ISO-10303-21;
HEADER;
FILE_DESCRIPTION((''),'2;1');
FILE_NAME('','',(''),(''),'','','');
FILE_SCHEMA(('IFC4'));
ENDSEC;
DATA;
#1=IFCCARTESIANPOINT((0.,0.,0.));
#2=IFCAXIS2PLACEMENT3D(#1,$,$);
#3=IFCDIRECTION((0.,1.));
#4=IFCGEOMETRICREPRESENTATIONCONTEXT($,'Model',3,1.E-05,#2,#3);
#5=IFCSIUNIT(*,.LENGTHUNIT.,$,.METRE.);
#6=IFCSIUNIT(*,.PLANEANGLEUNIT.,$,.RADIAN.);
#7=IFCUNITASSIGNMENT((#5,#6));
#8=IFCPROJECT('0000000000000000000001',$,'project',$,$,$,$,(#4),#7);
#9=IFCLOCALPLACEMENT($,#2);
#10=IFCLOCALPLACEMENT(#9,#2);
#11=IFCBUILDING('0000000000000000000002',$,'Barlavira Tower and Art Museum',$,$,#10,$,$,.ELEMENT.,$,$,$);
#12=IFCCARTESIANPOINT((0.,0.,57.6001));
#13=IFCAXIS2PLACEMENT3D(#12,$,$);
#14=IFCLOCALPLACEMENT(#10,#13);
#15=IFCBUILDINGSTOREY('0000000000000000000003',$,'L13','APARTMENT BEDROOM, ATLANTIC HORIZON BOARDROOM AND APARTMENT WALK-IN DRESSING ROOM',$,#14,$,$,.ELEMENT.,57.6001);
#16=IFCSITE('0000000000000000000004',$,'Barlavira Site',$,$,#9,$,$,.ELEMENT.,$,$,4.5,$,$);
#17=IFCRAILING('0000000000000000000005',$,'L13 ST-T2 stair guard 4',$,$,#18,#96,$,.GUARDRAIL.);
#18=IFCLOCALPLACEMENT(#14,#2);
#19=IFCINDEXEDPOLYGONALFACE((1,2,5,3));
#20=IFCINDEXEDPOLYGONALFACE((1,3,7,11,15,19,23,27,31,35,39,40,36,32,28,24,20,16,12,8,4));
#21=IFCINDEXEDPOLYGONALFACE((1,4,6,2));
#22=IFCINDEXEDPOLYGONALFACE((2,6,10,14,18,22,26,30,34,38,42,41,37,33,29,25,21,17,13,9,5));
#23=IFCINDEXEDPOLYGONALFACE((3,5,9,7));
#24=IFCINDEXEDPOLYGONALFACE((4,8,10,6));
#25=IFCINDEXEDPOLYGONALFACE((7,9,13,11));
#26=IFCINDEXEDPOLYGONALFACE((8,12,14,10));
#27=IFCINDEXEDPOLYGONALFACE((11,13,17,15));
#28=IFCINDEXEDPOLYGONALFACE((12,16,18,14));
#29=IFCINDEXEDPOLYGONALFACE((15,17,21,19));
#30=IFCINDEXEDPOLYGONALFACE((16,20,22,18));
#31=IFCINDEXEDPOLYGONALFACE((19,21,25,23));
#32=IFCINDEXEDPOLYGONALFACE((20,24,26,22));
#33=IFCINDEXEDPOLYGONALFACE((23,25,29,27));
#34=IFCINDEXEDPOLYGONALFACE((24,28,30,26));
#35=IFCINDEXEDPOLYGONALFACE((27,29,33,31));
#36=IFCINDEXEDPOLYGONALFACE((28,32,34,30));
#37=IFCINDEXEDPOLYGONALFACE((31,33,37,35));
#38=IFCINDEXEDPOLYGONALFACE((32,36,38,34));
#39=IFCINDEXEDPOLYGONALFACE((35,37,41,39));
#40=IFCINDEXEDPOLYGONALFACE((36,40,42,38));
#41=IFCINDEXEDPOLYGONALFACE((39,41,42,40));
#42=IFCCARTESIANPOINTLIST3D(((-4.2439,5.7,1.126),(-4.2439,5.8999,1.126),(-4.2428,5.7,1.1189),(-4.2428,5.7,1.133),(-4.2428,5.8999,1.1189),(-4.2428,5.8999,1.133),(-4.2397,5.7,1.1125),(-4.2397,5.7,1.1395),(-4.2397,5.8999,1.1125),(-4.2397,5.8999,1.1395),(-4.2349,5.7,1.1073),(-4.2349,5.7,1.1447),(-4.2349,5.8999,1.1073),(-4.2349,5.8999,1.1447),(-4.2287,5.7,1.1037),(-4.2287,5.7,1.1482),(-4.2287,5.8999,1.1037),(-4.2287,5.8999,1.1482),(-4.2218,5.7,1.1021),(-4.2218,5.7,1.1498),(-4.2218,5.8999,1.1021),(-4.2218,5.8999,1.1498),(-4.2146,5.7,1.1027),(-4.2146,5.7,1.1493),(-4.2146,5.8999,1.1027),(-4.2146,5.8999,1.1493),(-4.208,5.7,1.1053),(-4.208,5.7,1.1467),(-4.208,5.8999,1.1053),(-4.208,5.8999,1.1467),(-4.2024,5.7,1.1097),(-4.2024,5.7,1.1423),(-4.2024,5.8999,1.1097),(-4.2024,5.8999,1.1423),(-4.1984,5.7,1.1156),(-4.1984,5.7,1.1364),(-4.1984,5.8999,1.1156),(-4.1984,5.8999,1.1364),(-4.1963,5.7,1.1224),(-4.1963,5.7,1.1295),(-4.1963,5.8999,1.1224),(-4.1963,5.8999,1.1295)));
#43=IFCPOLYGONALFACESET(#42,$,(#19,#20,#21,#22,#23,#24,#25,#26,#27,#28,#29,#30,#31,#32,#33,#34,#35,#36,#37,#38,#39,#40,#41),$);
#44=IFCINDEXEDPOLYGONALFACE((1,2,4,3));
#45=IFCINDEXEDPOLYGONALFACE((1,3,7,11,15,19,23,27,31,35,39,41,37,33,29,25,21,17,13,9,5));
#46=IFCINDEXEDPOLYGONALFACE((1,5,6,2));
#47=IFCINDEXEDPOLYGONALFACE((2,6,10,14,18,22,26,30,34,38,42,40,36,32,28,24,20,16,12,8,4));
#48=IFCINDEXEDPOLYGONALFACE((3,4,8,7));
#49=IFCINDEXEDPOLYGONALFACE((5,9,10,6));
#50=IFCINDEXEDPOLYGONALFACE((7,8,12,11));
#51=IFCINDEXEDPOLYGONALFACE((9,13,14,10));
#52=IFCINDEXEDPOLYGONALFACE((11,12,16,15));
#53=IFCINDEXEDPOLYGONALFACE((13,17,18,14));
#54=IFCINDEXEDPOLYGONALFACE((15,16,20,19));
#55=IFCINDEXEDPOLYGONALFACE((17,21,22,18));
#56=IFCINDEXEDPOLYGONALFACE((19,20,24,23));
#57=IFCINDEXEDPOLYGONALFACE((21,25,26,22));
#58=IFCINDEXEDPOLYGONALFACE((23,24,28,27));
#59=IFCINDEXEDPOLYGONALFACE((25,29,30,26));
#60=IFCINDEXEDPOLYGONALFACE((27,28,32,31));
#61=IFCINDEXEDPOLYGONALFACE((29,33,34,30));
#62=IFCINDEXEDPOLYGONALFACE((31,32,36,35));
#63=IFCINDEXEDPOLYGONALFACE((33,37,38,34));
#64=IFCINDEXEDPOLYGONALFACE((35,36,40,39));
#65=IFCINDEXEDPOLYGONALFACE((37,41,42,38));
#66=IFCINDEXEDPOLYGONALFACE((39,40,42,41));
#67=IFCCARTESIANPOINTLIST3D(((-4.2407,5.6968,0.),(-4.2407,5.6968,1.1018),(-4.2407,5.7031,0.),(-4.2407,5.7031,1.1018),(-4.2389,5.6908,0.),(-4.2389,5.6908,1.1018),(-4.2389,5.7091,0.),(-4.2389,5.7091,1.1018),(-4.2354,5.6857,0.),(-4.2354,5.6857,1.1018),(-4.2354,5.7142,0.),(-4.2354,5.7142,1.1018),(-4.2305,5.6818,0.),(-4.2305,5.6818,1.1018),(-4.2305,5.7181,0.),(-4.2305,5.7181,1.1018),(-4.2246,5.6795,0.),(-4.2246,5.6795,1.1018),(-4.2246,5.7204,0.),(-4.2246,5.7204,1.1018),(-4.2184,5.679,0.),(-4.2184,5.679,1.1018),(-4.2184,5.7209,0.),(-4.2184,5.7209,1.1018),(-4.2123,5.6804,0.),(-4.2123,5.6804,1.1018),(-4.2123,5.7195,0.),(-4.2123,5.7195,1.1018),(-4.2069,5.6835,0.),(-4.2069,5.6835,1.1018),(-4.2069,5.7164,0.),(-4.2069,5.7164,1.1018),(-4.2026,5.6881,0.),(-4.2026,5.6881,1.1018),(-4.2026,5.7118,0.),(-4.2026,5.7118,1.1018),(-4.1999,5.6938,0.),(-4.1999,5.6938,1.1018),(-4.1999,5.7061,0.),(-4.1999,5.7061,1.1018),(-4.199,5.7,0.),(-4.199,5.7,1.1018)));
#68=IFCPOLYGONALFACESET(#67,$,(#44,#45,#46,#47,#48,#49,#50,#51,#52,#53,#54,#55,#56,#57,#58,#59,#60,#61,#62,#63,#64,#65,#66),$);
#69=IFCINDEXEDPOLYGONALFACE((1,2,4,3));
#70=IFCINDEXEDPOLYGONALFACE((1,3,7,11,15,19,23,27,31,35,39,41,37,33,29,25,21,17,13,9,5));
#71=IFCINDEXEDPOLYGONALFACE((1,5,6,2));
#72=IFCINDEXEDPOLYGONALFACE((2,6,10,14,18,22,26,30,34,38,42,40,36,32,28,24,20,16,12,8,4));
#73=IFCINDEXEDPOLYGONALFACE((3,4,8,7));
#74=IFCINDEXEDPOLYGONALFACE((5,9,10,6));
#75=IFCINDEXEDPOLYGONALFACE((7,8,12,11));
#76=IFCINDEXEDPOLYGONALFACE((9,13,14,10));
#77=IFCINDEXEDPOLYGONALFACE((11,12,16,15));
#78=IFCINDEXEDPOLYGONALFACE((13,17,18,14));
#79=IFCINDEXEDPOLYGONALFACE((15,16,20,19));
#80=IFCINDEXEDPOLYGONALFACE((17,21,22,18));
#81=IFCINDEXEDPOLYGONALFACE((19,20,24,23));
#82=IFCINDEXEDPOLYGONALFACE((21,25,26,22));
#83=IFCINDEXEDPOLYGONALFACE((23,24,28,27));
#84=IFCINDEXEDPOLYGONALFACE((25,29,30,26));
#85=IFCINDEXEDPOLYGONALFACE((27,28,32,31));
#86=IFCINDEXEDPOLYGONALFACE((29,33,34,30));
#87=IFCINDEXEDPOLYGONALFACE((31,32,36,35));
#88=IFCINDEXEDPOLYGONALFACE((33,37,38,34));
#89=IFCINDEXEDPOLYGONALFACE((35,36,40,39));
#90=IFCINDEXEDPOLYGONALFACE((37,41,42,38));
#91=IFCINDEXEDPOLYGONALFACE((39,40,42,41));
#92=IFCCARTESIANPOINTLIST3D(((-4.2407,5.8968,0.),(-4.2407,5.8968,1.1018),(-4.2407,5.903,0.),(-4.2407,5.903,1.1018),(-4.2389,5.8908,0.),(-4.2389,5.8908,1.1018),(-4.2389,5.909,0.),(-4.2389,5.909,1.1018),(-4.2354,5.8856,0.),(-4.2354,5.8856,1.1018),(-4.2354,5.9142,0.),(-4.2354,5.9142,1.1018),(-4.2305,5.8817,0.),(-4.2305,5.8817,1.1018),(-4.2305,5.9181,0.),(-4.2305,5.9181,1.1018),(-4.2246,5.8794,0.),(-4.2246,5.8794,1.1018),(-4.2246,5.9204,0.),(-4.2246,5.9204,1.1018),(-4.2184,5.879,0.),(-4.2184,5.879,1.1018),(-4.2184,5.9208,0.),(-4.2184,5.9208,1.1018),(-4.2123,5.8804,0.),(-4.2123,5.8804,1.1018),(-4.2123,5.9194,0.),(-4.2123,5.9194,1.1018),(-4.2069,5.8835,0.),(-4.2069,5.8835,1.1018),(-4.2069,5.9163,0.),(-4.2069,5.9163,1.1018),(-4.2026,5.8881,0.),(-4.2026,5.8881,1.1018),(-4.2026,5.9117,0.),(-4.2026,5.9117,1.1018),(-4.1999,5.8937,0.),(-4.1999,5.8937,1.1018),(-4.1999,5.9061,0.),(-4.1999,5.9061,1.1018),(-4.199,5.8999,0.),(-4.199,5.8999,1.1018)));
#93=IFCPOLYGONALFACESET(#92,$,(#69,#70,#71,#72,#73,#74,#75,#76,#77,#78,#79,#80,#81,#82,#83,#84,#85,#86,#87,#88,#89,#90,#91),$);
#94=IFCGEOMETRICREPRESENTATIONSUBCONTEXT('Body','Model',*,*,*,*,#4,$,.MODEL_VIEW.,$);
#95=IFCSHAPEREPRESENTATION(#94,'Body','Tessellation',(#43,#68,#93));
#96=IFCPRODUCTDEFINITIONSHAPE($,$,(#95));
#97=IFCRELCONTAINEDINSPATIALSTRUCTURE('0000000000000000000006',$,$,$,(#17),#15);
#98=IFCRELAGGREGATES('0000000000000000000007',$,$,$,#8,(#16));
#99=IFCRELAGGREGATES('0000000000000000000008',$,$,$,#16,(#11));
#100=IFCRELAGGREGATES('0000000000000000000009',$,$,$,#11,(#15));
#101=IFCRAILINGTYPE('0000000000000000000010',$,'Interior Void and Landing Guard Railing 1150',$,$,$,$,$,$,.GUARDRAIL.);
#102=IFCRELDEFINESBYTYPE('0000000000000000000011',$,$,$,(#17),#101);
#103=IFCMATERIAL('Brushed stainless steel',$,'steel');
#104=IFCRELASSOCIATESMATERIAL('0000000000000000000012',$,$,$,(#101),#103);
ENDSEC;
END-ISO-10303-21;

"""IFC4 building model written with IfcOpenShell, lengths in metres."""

from ifc_helpers import new_model, si_unit, direction, frame, origin, origin_2d, place, context, subcontext, project, spatial, circle, extrude, material, type_object, element, save


model = new_model("IFC4")

# Units and contexts
model_context = context("Model", 3, precision=1e-05, world=origin(), true_north=direction((0.0, 1.0)))
body_context = subcontext(model_context, "Body", "Model", "MODEL_VIEW")
ifc_project = project(units=[si_unit("LENGTHUNIT", "METRE"), si_unit("PLANEANGLEUNIT", "RADIAN")], contexts=[model_context])

# Site, building, storey
site_placement = place(None, origin())
site = spatial("IfcSite", under=ifc_project, at=site_placement, Name="Barlavira Site", CompositionType="ELEMENT", RefElevation=4.5)
building_placement = place(site_placement, origin())
building = spatial("IfcBuilding", under=site, at=building_placement, Name="Barlavira Tower and Art Museum", CompositionType="ELEMENT")
storey_placement = place(building_placement, frame((0.0, 0.0, 57.6001)))
storey = spatial("IfcBuildingStorey", under=building, at=storey_placement, Name="L13", Description="APARTMENT BEDROOM, ATLANTIC HORIZON BOARDROOM AND APARTMENT WALK-IN DRESSING ROOM", CompositionType="ELEMENT", Elevation=57.6001)

# Shared definitions
ifc_material_1 = material(Name="Brushed stainless steel", Category="steel")

# Railing
railing_type_1 = type_object("IfcRailingType", Name="Interior Void and Landing Guard Railing 1150", PredefinedType="GUARDRAIL", material=ifc_material_1)
railing_1_placement = place(storey_placement, frame((-4.22, 5.7, 0.0)))
element("IfcRailing", 1, at=railing_1_placement, inside=storey, type_object=railing_type_1, Name="L13 ST-T2 stair guard 4", PredefinedType="GUARDRAIL", context=body_context, shape_type="SweptSolid", body=[
    extrude(circle(Radius=0.0239, at=origin_2d()), frame((0.0, 0.0, 1.126), z_axis=(0.0, 1.0, 0.0), x_axis=(-1.0, 0.0, 0.0)), (0.0, 0.0, 1.0), 0.2),
    extrude(circle(Radius=0.021, at=origin_2d()), origin(), (0.0, 0.0, 1.0), 1.1018),
    extrude(circle(Radius=0.021, at=origin_2d()), frame((0.0, 0.2, 0.0)), (0.0, 0.0, 1.0), 1.1018),
])

save(model, "model.ifc")
